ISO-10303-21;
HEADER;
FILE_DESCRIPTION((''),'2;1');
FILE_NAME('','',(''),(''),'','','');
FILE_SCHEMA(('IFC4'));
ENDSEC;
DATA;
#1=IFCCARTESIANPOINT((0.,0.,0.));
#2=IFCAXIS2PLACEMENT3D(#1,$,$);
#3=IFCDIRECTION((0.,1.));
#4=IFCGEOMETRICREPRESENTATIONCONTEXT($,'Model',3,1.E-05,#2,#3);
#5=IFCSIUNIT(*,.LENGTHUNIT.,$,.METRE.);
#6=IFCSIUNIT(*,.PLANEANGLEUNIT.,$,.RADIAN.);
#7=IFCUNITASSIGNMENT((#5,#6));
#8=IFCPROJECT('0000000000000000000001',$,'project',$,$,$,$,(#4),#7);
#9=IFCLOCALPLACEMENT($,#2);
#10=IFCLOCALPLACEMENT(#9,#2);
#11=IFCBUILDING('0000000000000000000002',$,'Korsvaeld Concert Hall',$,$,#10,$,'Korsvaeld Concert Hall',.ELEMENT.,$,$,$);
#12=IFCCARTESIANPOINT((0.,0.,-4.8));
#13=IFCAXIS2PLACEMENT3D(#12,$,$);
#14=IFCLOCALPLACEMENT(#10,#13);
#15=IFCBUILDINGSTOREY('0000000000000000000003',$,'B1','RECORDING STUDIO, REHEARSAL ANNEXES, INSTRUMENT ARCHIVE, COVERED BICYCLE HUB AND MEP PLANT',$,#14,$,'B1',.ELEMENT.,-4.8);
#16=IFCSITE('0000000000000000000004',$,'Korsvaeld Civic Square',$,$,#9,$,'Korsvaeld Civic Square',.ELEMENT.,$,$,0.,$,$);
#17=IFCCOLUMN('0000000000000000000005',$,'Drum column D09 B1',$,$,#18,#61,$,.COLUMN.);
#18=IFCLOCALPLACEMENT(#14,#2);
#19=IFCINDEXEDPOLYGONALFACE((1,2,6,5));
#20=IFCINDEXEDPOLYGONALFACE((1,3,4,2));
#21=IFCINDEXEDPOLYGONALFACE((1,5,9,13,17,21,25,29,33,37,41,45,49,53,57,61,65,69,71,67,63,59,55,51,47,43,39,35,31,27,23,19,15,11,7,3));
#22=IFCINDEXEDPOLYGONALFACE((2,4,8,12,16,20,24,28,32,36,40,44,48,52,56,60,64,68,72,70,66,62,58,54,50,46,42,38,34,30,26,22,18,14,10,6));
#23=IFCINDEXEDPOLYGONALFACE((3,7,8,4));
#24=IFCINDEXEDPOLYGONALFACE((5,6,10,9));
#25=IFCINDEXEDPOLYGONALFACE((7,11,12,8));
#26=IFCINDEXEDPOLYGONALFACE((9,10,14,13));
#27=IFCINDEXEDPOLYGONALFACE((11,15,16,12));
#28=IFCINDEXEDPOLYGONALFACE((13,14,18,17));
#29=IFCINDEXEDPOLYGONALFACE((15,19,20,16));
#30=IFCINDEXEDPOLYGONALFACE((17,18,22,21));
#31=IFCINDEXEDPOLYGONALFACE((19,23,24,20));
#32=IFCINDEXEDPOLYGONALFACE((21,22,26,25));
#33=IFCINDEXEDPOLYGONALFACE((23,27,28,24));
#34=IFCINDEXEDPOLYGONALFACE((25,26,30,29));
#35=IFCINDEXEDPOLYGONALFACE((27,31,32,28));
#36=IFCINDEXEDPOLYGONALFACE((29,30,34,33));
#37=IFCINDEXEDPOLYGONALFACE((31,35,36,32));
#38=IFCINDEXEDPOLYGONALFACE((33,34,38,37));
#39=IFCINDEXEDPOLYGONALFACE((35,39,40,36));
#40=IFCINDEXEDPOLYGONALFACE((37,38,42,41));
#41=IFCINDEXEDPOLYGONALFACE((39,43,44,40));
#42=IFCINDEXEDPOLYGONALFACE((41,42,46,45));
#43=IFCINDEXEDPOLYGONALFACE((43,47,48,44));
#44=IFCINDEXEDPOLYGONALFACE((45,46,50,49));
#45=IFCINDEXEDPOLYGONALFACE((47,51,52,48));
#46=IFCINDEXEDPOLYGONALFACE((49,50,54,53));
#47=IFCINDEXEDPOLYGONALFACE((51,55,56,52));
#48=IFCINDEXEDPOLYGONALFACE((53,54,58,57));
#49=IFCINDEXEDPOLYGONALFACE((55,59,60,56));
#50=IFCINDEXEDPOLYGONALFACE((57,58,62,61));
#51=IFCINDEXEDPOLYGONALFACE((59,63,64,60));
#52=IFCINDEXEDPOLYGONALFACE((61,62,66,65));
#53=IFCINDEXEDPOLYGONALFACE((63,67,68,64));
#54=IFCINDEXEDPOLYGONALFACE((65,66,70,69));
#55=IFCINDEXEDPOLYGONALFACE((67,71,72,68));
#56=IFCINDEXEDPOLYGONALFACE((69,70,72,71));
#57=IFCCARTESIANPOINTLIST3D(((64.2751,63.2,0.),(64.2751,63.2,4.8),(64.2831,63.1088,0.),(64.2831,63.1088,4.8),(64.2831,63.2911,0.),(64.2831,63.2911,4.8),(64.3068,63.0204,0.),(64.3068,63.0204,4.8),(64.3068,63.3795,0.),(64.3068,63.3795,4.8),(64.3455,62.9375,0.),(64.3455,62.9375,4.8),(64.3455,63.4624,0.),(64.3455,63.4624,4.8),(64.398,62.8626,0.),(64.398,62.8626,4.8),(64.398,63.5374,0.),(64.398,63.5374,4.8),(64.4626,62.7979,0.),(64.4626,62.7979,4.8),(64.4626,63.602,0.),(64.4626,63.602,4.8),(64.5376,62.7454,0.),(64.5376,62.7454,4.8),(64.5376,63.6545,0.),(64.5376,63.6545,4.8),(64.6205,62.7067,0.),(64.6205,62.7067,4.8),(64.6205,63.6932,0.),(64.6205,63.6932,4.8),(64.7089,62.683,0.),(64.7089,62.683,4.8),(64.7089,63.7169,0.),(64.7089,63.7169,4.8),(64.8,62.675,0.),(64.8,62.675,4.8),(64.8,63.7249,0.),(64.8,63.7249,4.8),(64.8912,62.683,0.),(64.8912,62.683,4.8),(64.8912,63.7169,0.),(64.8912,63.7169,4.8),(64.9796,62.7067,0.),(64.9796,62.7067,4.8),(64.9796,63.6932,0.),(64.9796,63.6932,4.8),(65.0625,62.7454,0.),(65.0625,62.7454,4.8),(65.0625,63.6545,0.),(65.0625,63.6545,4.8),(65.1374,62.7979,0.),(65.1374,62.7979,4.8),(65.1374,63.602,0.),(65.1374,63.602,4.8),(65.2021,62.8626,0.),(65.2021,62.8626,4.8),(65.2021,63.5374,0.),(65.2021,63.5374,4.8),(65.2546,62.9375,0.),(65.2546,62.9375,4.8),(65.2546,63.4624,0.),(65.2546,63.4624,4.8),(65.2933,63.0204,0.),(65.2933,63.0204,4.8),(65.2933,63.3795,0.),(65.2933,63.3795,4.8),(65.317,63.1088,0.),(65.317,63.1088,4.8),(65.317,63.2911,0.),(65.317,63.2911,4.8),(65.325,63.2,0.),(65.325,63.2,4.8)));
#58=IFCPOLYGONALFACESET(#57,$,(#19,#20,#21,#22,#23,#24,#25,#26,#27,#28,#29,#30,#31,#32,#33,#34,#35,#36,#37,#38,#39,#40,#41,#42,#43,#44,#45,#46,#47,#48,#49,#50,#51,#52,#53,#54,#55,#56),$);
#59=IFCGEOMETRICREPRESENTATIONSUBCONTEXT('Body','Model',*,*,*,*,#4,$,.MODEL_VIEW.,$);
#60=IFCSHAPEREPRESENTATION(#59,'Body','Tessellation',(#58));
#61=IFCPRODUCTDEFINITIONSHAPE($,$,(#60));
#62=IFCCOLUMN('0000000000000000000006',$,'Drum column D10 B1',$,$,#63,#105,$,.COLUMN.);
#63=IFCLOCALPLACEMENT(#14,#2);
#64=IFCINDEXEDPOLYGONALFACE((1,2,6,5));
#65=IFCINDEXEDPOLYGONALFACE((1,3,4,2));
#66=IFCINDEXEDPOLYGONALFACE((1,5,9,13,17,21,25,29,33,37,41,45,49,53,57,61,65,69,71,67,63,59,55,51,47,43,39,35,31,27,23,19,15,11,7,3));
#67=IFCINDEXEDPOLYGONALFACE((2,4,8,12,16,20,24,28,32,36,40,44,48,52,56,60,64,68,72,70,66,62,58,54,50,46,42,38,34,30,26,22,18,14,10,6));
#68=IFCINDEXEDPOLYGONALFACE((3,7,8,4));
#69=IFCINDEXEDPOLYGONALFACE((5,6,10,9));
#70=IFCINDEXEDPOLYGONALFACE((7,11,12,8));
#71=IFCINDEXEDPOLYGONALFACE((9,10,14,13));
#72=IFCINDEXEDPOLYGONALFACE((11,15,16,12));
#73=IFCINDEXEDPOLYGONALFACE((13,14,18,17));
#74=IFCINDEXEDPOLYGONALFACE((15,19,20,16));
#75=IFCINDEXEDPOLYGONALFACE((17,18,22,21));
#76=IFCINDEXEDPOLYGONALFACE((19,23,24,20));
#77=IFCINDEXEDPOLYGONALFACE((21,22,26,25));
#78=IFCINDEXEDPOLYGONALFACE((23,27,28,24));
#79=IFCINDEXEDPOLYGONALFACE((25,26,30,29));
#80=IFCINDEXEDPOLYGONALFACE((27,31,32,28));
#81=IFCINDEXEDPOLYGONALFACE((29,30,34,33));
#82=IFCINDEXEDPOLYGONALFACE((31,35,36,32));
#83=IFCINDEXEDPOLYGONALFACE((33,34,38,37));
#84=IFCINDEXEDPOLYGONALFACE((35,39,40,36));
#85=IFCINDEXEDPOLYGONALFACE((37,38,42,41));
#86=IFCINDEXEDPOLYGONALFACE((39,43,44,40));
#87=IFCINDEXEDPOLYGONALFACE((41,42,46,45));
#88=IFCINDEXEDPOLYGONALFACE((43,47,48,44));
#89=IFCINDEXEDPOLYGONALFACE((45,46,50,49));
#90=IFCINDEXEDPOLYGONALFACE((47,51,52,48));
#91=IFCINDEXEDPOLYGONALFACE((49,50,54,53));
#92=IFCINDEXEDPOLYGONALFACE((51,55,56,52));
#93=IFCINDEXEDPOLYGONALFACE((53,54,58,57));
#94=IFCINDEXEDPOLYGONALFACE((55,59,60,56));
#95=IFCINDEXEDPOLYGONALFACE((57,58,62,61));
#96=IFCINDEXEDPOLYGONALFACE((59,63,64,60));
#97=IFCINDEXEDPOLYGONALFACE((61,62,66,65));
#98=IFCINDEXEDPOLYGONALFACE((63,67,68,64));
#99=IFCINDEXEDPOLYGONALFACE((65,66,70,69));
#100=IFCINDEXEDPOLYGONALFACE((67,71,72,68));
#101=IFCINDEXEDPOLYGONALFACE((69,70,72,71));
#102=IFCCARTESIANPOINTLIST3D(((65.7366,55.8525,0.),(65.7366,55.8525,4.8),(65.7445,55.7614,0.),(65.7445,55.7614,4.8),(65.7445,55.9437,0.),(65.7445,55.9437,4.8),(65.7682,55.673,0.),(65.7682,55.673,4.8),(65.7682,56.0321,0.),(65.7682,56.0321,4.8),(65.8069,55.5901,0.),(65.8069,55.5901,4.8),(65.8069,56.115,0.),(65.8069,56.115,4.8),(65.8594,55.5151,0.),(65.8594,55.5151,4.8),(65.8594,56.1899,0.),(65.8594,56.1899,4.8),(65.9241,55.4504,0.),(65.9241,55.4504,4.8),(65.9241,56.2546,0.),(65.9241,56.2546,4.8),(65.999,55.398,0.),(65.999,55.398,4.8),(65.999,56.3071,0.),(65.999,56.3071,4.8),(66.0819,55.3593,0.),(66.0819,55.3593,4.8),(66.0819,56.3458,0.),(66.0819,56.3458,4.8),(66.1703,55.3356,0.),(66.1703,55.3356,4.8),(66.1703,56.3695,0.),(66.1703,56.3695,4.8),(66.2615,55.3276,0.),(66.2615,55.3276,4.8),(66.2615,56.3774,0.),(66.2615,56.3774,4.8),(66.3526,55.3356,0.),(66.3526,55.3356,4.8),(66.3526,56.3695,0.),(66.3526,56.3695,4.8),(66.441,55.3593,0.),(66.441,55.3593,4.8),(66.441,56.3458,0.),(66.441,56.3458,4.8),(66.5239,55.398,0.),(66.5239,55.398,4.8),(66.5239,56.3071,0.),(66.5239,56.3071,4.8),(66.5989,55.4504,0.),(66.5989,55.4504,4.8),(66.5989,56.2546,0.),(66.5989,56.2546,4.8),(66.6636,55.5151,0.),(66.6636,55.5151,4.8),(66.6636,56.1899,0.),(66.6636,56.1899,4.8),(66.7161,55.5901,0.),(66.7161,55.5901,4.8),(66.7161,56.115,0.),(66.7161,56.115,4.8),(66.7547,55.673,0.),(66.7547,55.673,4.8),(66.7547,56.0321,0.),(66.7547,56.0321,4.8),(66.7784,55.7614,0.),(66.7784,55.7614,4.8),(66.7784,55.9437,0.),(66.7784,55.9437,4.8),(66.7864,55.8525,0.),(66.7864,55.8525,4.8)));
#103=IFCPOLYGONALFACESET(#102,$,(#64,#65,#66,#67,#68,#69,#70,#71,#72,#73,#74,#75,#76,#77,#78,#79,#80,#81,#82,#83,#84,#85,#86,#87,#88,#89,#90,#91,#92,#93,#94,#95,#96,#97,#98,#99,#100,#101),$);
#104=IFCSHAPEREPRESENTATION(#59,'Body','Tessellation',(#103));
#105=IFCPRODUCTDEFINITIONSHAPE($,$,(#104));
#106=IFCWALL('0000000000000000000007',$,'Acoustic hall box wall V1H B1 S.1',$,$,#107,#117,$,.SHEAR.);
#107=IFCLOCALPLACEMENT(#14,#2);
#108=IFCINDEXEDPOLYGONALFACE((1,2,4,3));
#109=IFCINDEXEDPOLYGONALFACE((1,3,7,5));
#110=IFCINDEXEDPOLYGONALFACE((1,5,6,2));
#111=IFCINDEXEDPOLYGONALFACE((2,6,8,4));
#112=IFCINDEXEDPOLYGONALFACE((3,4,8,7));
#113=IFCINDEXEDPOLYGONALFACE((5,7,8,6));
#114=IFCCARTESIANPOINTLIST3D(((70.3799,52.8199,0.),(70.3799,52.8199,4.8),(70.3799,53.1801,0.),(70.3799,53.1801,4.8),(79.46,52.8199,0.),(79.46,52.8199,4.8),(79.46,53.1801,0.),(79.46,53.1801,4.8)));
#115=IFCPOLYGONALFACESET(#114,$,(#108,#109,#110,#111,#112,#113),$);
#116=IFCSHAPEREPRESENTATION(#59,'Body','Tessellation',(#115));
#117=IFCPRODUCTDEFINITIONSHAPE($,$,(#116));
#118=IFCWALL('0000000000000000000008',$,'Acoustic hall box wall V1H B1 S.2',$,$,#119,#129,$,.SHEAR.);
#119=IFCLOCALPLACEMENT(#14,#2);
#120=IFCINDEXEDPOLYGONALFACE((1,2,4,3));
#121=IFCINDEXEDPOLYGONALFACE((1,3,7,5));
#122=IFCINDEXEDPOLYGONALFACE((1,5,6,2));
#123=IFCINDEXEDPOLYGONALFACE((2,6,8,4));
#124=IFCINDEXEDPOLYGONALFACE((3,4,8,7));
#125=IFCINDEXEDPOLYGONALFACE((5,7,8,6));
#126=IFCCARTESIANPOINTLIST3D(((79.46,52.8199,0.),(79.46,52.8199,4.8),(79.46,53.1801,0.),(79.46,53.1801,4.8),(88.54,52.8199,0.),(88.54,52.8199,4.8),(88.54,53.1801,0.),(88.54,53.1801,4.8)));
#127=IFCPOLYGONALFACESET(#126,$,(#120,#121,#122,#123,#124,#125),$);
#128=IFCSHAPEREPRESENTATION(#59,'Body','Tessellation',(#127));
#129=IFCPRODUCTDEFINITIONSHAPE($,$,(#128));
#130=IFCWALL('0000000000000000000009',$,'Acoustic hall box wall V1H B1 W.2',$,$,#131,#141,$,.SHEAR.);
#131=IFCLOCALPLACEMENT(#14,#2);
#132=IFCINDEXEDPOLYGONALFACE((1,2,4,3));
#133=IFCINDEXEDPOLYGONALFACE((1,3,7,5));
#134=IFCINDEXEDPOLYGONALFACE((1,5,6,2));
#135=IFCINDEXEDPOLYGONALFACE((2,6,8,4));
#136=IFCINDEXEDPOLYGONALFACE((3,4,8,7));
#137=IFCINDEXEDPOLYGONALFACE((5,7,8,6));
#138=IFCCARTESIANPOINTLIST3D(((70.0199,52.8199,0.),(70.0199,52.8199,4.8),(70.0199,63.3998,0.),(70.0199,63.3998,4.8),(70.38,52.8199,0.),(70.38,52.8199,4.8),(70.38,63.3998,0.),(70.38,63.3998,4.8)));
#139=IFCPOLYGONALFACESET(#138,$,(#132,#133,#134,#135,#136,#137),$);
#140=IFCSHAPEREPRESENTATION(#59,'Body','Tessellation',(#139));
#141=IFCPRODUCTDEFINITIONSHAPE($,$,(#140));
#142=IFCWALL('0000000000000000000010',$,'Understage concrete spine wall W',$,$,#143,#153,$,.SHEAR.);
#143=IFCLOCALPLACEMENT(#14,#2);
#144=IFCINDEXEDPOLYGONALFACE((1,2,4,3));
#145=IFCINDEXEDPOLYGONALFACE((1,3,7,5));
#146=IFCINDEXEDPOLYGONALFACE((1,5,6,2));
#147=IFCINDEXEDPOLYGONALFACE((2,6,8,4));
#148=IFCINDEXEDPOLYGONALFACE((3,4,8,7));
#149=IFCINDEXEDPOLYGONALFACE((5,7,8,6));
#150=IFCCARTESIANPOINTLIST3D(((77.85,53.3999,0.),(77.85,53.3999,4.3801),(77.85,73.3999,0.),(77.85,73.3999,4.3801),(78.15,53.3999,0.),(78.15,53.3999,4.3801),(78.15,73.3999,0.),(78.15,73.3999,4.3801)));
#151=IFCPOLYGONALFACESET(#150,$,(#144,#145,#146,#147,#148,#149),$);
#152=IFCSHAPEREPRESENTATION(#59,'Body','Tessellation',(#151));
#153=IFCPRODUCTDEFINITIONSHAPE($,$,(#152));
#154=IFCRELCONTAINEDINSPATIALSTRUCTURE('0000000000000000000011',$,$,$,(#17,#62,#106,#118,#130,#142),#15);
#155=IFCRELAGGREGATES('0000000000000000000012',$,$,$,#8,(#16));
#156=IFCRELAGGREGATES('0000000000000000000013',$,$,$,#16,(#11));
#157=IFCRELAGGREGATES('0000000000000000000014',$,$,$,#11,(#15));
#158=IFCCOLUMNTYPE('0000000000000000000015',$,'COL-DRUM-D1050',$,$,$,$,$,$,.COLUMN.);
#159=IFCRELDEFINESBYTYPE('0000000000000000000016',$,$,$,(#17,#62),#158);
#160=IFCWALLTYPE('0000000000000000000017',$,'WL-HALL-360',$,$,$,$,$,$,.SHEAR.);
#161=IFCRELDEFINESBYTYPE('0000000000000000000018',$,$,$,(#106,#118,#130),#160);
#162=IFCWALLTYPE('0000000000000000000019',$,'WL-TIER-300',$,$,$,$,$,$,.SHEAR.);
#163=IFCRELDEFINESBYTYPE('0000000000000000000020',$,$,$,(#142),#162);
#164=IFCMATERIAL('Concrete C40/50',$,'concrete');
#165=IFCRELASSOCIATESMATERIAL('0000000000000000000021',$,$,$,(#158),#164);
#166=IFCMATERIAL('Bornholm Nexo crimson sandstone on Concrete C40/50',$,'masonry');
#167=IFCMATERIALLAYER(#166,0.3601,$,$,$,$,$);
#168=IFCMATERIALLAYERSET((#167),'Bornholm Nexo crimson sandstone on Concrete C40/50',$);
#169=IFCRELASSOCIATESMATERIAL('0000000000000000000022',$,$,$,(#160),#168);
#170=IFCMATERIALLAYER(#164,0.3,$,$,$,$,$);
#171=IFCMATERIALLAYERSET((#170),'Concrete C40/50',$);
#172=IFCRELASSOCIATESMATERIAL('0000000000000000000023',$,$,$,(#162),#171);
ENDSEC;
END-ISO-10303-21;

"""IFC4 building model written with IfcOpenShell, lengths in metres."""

from ifc_helpers import new_model, si_unit, direction, frame, frame_2d, origin, origin_2d, place, context, subcontext, project, spatial, rectangle, circle, extrude, material, layer, layer_set, material_profile, profile_set, type_object, element, save


model = new_model("IFC4")

# Units and contexts
model_context = context("Model", 3, precision=1e-05, world=origin(), true_north=direction((0.0, 1.0)))
body_context = subcontext(model_context, "Body", "Model", "MODEL_VIEW")
ifc_project = project(units=[si_unit("LENGTHUNIT", "METRE"), si_unit("PLANEANGLEUNIT", "RADIAN")], contexts=[model_context])

# Site, building, storey
site_placement = place(None, origin())
site = spatial("IfcSite", under=ifc_project, at=site_placement, Name="Korsvaeld Civic Square", LongName="Korsvaeld Civic Square", CompositionType="ELEMENT", RefElevation=0.0)
building_placement = place(site_placement, origin())
building = spatial("IfcBuilding", under=site, at=building_placement, Name="Korsvaeld Concert Hall", LongName="Korsvaeld Concert Hall", CompositionType="ELEMENT")
storey_placement = place(building_placement, frame((0.0, 0.0, -4.8)))
storey = spatial("IfcBuildingStorey", under=building, at=storey_placement, Name="B1", Description="RECORDING STUDIO, REHEARSAL ANNEXES, INSTRUMENT ARCHIVE, COVERED BICYCLE HUB AND MEP PLANT", LongName="B1", CompositionType="ELEMENT", Elevation=-4.8)

# Shared definitions
ifc_material_1 = material(Name="Concrete C40/50", Category="concrete")

# Columns
ifc_material_profile_1 = material_profile(ifc_material_1, circle(Radius=0.5249, at=origin_2d()), Name="RC D1050")
ifc_profile_set_1 = profile_set([ifc_material_profile_1], Name="Concrete C40/50")
column_type = type_object("IfcColumnType", Name="COL-DRUM-D1050", PredefinedType="COLUMN", material=ifc_profile_set_1)
for number, where, z_axis, x_axis, name in (
    (1, (64.8, 63.2, 0.0), (0.0, 0.0, 1.0), (1.0, 0.0, 0.0), "Drum column D09 B1"),
    (2, (66.2615, 55.8525, 0.0), (0.0, 0.0, 1.0), (1.0, 0.0, 0.0), "Drum column D10 B1"),
):
    element("IfcColumn", number, at=place(storey_placement, frame(where, z_axis=z_axis, x_axis=x_axis)), inside=storey, type_object=column_type, Name=name, PredefinedType="COLUMN", context=body_context, shape_type="SweptSolid", body=[
        extrude(circle(Radius=0.5249, at=origin_2d()), origin(), (0.0, 0.0, 1.0), 4.8),
    ])

# Walls
ifc_material_2 = material(Name="Bornholm Nexo crimson sandstone on Concrete C40/50", Category="masonry")
ifc_layer_1 = layer(ifc_material_2, 0.3601)
ifc_layer_set_1 = layer_set([ifc_layer_1], Name="Bornholm Nexo crimson sandstone on Concrete C40/50")
wall_type_1 = type_object("IfcWallType", Name="WL-HALL-360", PredefinedType="SHEAR", material=ifc_layer_set_1)
for number, where, z_axis, x_axis, name in (
    (3, (70.3799, 53.0, 0.0), (0.0, 0.0, 1.0), (1.0, 0.0, 0.0), "Acoustic hall box wall V1H B1 S.1"),
    (4, (79.46, 53.0, 0.0), (0.0, 0.0, 1.0), (1.0, 0.0, 0.0), "Acoustic hall box wall V1H B1 S.2"),
):
    element("IfcWall", number, at=place(storey_placement, frame(where, z_axis=z_axis, x_axis=x_axis)), inside=storey, type_object=wall_type_1, Name=name, PredefinedType="SHEAR", context=body_context, shape_type="SweptSolid", body=[
        extrude(rectangle(XDim=9.0801, YDim=0.3601, at=frame_2d((4.54, 0.0))), origin(), (0.0, 0.0, 1.0), 4.8),
    ])
wall_1_placement = place(storey_placement, frame((70.2, 63.3999, 0.0), z_axis=(0.0, 0.0, 1.0), x_axis=(0.0, -1.0, 0.0)))
element("IfcWall", 5, at=wall_1_placement, inside=storey, type_object=wall_type_1, Name="Acoustic hall box wall V1H B1 W.2", PredefinedType="SHEAR", context=body_context, shape_type="SweptSolid", body=[
    extrude(rectangle(XDim=10.5798, YDim=0.3601, at=frame_2d((5.29, 0.0))), origin(), (0.0, 0.0, 1.0), 4.8),
])
ifc_layer_2 = layer(ifc_material_1, 0.3)
ifc_layer_set_2 = layer_set([ifc_layer_2], Name="Concrete C40/50")
wall_type_2 = type_object("IfcWallType", Name="WL-TIER-300", PredefinedType="SHEAR", material=ifc_layer_set_2)
wall_2_placement = place(storey_placement, frame((78.0, 53.3999, 0.0), z_axis=(0.0, 0.0, 1.0), x_axis=(0.0, 1.0, 0.0)))
element("IfcWall", 6, at=wall_2_placement, inside=storey, type_object=wall_type_2, Name="Understage concrete spine wall W", PredefinedType="SHEAR", context=body_context, shape_type="SweptSolid", body=[
    extrude(rectangle(XDim=20.0, YDim=0.3, at=frame_2d((10.0, 0.0))), origin(), (0.0, 0.0, 1.0), 4.3801),
])

save(model, "model.ifc")
